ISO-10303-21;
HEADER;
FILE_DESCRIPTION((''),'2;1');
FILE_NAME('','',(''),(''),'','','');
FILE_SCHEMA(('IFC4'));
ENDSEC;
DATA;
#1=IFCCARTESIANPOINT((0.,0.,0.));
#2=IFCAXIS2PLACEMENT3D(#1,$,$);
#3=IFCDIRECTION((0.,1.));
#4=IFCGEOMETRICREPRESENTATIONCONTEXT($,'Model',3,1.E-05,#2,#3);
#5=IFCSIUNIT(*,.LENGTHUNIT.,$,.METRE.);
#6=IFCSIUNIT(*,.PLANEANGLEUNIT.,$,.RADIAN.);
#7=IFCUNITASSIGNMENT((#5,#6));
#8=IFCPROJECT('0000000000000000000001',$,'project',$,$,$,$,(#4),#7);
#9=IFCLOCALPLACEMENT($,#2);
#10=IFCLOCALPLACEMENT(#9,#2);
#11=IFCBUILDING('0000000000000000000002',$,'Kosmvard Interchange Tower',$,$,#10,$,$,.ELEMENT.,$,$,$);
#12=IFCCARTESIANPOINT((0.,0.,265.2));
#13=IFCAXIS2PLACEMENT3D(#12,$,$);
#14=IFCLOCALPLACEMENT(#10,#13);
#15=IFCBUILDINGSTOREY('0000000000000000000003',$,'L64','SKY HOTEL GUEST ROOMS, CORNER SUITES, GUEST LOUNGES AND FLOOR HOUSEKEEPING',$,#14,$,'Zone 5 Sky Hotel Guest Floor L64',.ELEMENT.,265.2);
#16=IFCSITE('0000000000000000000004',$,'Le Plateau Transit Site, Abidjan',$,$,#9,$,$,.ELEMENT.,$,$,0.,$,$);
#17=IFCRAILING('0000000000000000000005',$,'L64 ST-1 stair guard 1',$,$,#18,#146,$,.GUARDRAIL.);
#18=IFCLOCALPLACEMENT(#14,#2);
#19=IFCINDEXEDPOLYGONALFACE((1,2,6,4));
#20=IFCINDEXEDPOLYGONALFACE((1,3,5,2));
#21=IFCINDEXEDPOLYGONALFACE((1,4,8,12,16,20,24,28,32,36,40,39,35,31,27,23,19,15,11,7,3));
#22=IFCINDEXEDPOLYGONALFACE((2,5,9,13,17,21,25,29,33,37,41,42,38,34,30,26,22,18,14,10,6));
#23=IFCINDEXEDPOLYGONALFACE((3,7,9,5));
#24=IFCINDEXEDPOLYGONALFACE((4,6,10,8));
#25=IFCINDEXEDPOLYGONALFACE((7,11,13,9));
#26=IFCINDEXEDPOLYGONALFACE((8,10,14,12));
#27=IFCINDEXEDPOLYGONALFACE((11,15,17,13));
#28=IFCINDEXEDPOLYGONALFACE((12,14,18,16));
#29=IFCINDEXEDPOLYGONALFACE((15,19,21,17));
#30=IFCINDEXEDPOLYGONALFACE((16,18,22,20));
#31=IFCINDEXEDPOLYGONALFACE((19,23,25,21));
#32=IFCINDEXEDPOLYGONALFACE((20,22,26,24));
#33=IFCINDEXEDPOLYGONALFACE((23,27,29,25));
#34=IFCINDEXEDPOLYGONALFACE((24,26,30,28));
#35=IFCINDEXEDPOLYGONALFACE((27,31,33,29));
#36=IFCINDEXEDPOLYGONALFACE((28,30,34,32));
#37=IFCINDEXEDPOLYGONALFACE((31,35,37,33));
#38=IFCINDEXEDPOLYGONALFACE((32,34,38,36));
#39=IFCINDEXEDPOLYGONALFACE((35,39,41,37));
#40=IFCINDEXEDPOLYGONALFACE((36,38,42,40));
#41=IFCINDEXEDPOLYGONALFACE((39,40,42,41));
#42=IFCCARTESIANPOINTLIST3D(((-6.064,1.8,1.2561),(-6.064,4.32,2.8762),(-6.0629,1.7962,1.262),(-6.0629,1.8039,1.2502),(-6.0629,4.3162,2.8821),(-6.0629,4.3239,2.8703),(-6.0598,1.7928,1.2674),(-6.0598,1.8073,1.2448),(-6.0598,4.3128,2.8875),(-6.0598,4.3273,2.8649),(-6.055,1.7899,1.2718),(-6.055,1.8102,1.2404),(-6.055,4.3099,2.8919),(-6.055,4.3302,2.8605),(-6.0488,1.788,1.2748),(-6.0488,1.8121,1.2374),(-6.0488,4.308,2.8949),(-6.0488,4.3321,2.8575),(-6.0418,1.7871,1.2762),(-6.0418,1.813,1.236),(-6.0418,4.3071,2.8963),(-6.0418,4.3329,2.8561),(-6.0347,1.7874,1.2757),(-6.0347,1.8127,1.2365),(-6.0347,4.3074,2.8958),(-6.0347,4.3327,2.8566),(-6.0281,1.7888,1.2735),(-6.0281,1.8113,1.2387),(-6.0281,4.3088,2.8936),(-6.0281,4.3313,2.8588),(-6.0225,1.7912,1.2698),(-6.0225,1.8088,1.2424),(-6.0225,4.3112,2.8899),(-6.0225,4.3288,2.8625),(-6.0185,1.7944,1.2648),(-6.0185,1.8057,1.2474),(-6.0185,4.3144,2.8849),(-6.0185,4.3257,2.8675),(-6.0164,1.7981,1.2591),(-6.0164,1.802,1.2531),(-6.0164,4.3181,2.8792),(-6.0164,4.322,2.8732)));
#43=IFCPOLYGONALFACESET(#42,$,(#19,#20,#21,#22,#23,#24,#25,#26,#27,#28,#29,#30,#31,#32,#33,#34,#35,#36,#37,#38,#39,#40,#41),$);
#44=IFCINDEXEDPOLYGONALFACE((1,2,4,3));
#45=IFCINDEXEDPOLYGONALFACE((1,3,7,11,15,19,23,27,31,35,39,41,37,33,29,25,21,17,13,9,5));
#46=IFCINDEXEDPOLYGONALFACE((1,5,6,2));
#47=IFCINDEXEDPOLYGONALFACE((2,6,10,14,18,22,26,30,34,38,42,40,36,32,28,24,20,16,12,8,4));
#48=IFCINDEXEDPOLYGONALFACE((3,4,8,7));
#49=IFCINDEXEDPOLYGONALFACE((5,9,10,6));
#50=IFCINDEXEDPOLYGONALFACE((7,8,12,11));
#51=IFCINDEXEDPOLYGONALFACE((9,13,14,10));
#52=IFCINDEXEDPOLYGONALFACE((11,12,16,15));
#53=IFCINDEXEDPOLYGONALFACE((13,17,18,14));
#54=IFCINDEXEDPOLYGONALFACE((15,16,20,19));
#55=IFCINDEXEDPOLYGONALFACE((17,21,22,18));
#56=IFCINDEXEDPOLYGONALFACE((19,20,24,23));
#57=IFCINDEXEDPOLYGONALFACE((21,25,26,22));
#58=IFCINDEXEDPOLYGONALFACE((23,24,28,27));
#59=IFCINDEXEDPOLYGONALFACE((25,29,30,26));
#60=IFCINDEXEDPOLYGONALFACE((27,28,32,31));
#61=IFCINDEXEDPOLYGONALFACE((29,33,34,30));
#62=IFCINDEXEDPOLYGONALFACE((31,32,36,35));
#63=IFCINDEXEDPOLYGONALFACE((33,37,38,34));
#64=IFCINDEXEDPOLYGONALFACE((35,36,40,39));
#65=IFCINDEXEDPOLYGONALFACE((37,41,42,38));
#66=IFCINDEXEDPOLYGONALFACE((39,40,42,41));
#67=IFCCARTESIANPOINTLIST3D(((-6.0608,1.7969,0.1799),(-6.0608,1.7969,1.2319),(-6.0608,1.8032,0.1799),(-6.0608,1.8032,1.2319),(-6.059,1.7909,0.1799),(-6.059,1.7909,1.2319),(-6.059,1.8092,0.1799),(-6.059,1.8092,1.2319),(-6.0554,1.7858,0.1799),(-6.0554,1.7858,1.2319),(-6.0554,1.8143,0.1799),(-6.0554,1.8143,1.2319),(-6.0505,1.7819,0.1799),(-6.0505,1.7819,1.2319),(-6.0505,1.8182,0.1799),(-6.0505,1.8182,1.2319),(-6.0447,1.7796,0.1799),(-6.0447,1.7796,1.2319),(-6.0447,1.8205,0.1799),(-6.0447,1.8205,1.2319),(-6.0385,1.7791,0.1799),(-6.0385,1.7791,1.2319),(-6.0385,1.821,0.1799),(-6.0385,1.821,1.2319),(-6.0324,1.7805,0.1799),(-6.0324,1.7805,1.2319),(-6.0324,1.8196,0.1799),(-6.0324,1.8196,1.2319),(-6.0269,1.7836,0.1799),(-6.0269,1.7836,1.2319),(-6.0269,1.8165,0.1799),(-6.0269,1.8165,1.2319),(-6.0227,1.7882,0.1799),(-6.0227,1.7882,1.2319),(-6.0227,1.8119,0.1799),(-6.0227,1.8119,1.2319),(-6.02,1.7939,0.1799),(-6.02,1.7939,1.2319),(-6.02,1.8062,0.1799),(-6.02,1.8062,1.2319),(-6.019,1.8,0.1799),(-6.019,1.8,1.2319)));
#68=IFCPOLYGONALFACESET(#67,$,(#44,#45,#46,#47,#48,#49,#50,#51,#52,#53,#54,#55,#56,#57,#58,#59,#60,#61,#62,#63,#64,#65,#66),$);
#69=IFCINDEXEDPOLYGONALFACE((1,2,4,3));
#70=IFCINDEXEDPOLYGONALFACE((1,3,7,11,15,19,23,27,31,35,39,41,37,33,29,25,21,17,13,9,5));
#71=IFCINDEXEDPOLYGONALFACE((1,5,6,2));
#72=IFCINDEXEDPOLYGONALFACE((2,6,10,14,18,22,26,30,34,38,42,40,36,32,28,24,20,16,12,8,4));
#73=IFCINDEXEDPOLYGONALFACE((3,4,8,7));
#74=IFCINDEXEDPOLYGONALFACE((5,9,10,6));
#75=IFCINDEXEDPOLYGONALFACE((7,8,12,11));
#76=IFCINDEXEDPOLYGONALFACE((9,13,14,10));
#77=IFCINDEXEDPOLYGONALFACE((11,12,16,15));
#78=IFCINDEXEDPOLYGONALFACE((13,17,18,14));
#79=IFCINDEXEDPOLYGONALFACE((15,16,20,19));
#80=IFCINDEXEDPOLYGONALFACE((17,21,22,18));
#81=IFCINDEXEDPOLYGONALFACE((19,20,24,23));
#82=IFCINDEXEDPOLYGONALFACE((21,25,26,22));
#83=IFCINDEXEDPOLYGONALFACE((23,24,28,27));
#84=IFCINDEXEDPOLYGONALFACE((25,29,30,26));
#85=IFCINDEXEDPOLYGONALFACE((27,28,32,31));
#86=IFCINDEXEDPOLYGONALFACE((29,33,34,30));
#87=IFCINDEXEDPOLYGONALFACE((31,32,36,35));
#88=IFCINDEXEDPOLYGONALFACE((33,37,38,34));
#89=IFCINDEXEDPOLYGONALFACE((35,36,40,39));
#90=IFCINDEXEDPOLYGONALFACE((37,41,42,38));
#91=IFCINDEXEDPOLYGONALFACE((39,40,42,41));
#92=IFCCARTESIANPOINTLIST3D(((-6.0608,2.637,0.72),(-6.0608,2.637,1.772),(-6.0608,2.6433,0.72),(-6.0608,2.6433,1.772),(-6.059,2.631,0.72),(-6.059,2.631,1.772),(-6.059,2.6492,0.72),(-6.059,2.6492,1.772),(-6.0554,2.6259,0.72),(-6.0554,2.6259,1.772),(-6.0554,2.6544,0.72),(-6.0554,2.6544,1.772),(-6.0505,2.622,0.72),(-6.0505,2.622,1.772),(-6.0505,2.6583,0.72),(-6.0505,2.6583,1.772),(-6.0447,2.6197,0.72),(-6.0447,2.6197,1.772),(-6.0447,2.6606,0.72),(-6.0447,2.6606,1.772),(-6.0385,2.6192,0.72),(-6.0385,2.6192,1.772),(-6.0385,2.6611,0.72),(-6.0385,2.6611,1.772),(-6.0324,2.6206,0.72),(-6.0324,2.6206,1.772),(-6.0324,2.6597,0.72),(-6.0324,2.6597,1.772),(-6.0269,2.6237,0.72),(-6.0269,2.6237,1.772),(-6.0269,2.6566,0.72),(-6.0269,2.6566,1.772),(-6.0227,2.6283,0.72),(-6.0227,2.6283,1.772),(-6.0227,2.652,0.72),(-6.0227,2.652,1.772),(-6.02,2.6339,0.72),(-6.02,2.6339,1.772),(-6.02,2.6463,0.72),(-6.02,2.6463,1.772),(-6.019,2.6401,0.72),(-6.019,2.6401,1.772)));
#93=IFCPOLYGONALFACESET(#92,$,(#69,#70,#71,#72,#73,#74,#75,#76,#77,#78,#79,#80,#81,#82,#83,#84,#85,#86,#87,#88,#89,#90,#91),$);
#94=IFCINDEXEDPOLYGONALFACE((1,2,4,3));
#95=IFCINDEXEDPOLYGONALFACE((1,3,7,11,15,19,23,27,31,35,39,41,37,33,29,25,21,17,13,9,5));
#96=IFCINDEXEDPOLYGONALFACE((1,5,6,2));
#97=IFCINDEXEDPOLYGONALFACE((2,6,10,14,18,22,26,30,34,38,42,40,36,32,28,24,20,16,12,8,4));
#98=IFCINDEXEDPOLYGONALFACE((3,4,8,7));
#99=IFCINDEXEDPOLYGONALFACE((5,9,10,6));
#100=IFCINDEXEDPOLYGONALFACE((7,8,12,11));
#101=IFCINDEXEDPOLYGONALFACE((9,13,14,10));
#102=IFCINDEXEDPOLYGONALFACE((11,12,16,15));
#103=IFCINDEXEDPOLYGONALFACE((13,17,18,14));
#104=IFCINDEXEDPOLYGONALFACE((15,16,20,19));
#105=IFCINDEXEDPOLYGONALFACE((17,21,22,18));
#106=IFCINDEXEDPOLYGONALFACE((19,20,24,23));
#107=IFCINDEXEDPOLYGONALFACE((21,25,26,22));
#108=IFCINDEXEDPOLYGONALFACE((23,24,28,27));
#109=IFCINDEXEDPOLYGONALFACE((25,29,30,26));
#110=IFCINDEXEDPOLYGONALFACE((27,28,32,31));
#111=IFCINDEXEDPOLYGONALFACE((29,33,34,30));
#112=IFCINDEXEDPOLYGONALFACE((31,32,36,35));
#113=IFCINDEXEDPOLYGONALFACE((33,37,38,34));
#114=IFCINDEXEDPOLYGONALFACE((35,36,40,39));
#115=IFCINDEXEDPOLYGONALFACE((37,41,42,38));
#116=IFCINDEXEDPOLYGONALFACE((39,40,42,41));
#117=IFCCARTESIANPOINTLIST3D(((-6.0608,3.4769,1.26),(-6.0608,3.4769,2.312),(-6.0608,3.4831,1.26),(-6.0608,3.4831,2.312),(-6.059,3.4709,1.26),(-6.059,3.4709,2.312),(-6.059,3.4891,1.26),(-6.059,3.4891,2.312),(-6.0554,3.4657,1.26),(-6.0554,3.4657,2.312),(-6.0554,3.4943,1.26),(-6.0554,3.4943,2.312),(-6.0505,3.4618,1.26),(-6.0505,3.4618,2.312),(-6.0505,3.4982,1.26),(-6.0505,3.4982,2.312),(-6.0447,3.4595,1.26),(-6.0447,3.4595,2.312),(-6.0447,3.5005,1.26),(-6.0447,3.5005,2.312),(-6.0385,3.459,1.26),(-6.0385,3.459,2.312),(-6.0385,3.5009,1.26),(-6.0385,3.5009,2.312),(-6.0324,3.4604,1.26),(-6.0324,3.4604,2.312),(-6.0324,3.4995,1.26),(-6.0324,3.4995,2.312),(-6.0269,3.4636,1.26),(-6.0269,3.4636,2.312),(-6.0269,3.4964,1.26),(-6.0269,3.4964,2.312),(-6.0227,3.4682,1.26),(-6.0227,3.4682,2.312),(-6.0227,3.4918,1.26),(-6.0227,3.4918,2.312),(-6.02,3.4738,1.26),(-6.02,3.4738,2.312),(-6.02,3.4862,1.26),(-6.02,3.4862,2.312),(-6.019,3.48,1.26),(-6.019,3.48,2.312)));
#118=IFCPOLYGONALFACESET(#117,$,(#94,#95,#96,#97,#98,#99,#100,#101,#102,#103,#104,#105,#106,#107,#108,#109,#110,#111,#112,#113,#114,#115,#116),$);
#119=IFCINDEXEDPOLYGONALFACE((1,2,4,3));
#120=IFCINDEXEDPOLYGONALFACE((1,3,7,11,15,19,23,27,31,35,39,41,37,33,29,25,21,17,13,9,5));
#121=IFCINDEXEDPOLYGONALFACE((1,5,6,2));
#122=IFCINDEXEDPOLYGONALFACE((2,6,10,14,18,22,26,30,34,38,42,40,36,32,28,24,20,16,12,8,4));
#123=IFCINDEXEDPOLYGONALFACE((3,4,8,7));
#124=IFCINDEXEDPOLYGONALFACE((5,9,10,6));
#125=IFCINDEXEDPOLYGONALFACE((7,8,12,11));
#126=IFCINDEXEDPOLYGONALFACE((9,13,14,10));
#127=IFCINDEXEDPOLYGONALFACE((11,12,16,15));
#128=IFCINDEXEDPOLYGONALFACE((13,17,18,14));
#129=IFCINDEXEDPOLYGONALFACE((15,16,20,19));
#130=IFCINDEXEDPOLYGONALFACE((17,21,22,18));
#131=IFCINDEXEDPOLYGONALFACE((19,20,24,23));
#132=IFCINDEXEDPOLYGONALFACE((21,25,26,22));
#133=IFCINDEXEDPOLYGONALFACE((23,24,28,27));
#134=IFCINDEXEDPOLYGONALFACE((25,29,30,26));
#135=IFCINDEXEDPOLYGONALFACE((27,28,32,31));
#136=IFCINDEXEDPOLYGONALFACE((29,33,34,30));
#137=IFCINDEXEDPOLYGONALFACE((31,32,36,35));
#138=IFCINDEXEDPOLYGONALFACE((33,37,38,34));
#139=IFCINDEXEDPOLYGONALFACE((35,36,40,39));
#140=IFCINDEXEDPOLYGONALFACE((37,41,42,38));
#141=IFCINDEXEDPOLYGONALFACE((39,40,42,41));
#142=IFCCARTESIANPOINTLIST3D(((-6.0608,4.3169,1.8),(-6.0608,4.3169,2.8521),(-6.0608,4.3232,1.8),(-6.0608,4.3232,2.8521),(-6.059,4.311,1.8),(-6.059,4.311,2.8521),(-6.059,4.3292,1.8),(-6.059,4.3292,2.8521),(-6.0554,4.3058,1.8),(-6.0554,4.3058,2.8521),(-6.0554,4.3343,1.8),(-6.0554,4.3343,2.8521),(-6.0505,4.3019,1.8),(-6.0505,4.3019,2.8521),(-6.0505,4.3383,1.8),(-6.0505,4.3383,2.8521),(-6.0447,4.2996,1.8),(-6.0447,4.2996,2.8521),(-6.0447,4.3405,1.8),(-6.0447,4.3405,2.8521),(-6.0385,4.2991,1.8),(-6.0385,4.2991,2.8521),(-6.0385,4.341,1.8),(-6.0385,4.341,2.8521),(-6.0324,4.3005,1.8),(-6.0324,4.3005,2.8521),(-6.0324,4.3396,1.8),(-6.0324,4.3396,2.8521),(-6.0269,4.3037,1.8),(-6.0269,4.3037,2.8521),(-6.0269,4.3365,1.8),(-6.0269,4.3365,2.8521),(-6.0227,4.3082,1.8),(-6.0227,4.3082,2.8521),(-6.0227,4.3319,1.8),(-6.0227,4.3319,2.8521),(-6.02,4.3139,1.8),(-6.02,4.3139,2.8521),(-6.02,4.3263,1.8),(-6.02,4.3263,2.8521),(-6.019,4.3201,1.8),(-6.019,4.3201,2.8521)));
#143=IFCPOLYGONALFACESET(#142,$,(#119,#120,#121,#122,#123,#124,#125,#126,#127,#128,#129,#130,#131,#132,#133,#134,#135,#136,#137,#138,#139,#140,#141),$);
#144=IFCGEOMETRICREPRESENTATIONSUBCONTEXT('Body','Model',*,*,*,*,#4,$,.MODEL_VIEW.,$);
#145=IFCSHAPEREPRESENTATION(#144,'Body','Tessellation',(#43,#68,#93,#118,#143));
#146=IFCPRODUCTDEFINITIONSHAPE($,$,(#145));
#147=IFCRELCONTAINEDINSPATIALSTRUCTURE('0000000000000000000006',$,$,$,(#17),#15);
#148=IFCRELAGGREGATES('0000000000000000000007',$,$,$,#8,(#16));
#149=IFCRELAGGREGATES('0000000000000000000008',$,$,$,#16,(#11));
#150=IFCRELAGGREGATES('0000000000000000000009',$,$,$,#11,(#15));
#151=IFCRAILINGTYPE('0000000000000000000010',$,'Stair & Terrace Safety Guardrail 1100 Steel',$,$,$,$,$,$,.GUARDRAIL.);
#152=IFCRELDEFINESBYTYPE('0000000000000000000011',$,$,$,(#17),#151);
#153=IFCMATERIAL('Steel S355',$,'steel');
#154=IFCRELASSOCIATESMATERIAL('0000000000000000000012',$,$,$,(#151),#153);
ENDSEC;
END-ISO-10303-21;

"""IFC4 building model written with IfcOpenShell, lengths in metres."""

from ifc_helpers import new_model, si_unit, direction, frame, origin, origin_2d, place, context, subcontext, project, spatial, circle, extrude, source, transform, mapped, material, type_object, element, save


model = new_model("IFC4")

# Units and contexts
model_context = context("Model", 3, precision=1e-05, world=origin(), true_north=direction((0.0, 1.0)))
body_context = subcontext(model_context, "Body", "Model", "MODEL_VIEW")
ifc_project = project(units=[si_unit("LENGTHUNIT", "METRE"), si_unit("PLANEANGLEUNIT", "RADIAN")], contexts=[model_context])

# Site, building, storey
site_placement = place(None, origin())
site = spatial("IfcSite", under=ifc_project, at=site_placement, Name="Le Plateau Transit Site, Abidjan", CompositionType="ELEMENT", RefElevation=0.0)
building_placement = place(site_placement, origin())
building = spatial("IfcBuilding", under=site, at=building_placement, Name="Kosmvard Interchange Tower", CompositionType="ELEMENT")
storey_placement = place(building_placement, frame((0.0, 0.0, 265.2)))
storey = spatial("IfcBuildingStorey", under=building, at=storey_placement, Name="L64", Description="SKY HOTEL GUEST ROOMS, CORNER SUITES, GUEST LOUNGES AND FLOOR HOUSEKEEPING", LongName="Zone 5 Sky Hotel Guest Floor L64", CompositionType="ELEMENT", Elevation=265.2)

# Shared definitions
ifc_material_1 = material(Name="Steel S355", Category="steel")

# Railing
railing_type_1 = type_object("IfcRailingType", Name="Stair & Terrace Safety Guardrail 1100 Steel", PredefinedType="GUARDRAIL", material=ifc_material_1)
shared_shape_1 = source(origin(), body_context, "Body", "SweptSolid", [
    extrude(circle(Radius=0.0239, at=origin_2d()), frame((0.0, 0.0, 1.0762), z_axis=(0.0, 0.841163, 0.540782), x_axis=(-1.0, 0.0, 0.0)), (0.0, 0.0, 1.0), 2.9958),
    extrude(circle(Radius=0.021, at=origin_2d()), origin(), (0.0, 0.0, 1.0), 1.052),
    extrude(circle(Radius=0.021, at=origin_2d()), frame((0.0, 0.8401, 0.54)), (0.0, 0.0, 1.0), 1.052),
    extrude(circle(Radius=0.021, at=origin_2d()), frame((0.0, 1.6799, 1.0801)), (0.0, 0.0, 1.0), 1.052),
    extrude(circle(Radius=0.021, at=origin_2d()), frame((0.0, 2.52, 1.6201)), (0.0, 0.0, 1.0), 1.052),
])
railing_1_placement = place(storey_placement, frame((-6.04, 1.8, 0.1799)))
element("IfcRailing", 1, at=railing_1_placement, inside=storey, type_object=railing_type_1, Name="L64 ST-1 stair guard 1", PredefinedType="GUARDRAIL", context=body_context, shape_type="MappedRepresentation", body=[
    mapped(shared_shape_1, transform((0.0, 0.0, 0.0), scale=1.0)),
])

save(model, "model.ifc")
